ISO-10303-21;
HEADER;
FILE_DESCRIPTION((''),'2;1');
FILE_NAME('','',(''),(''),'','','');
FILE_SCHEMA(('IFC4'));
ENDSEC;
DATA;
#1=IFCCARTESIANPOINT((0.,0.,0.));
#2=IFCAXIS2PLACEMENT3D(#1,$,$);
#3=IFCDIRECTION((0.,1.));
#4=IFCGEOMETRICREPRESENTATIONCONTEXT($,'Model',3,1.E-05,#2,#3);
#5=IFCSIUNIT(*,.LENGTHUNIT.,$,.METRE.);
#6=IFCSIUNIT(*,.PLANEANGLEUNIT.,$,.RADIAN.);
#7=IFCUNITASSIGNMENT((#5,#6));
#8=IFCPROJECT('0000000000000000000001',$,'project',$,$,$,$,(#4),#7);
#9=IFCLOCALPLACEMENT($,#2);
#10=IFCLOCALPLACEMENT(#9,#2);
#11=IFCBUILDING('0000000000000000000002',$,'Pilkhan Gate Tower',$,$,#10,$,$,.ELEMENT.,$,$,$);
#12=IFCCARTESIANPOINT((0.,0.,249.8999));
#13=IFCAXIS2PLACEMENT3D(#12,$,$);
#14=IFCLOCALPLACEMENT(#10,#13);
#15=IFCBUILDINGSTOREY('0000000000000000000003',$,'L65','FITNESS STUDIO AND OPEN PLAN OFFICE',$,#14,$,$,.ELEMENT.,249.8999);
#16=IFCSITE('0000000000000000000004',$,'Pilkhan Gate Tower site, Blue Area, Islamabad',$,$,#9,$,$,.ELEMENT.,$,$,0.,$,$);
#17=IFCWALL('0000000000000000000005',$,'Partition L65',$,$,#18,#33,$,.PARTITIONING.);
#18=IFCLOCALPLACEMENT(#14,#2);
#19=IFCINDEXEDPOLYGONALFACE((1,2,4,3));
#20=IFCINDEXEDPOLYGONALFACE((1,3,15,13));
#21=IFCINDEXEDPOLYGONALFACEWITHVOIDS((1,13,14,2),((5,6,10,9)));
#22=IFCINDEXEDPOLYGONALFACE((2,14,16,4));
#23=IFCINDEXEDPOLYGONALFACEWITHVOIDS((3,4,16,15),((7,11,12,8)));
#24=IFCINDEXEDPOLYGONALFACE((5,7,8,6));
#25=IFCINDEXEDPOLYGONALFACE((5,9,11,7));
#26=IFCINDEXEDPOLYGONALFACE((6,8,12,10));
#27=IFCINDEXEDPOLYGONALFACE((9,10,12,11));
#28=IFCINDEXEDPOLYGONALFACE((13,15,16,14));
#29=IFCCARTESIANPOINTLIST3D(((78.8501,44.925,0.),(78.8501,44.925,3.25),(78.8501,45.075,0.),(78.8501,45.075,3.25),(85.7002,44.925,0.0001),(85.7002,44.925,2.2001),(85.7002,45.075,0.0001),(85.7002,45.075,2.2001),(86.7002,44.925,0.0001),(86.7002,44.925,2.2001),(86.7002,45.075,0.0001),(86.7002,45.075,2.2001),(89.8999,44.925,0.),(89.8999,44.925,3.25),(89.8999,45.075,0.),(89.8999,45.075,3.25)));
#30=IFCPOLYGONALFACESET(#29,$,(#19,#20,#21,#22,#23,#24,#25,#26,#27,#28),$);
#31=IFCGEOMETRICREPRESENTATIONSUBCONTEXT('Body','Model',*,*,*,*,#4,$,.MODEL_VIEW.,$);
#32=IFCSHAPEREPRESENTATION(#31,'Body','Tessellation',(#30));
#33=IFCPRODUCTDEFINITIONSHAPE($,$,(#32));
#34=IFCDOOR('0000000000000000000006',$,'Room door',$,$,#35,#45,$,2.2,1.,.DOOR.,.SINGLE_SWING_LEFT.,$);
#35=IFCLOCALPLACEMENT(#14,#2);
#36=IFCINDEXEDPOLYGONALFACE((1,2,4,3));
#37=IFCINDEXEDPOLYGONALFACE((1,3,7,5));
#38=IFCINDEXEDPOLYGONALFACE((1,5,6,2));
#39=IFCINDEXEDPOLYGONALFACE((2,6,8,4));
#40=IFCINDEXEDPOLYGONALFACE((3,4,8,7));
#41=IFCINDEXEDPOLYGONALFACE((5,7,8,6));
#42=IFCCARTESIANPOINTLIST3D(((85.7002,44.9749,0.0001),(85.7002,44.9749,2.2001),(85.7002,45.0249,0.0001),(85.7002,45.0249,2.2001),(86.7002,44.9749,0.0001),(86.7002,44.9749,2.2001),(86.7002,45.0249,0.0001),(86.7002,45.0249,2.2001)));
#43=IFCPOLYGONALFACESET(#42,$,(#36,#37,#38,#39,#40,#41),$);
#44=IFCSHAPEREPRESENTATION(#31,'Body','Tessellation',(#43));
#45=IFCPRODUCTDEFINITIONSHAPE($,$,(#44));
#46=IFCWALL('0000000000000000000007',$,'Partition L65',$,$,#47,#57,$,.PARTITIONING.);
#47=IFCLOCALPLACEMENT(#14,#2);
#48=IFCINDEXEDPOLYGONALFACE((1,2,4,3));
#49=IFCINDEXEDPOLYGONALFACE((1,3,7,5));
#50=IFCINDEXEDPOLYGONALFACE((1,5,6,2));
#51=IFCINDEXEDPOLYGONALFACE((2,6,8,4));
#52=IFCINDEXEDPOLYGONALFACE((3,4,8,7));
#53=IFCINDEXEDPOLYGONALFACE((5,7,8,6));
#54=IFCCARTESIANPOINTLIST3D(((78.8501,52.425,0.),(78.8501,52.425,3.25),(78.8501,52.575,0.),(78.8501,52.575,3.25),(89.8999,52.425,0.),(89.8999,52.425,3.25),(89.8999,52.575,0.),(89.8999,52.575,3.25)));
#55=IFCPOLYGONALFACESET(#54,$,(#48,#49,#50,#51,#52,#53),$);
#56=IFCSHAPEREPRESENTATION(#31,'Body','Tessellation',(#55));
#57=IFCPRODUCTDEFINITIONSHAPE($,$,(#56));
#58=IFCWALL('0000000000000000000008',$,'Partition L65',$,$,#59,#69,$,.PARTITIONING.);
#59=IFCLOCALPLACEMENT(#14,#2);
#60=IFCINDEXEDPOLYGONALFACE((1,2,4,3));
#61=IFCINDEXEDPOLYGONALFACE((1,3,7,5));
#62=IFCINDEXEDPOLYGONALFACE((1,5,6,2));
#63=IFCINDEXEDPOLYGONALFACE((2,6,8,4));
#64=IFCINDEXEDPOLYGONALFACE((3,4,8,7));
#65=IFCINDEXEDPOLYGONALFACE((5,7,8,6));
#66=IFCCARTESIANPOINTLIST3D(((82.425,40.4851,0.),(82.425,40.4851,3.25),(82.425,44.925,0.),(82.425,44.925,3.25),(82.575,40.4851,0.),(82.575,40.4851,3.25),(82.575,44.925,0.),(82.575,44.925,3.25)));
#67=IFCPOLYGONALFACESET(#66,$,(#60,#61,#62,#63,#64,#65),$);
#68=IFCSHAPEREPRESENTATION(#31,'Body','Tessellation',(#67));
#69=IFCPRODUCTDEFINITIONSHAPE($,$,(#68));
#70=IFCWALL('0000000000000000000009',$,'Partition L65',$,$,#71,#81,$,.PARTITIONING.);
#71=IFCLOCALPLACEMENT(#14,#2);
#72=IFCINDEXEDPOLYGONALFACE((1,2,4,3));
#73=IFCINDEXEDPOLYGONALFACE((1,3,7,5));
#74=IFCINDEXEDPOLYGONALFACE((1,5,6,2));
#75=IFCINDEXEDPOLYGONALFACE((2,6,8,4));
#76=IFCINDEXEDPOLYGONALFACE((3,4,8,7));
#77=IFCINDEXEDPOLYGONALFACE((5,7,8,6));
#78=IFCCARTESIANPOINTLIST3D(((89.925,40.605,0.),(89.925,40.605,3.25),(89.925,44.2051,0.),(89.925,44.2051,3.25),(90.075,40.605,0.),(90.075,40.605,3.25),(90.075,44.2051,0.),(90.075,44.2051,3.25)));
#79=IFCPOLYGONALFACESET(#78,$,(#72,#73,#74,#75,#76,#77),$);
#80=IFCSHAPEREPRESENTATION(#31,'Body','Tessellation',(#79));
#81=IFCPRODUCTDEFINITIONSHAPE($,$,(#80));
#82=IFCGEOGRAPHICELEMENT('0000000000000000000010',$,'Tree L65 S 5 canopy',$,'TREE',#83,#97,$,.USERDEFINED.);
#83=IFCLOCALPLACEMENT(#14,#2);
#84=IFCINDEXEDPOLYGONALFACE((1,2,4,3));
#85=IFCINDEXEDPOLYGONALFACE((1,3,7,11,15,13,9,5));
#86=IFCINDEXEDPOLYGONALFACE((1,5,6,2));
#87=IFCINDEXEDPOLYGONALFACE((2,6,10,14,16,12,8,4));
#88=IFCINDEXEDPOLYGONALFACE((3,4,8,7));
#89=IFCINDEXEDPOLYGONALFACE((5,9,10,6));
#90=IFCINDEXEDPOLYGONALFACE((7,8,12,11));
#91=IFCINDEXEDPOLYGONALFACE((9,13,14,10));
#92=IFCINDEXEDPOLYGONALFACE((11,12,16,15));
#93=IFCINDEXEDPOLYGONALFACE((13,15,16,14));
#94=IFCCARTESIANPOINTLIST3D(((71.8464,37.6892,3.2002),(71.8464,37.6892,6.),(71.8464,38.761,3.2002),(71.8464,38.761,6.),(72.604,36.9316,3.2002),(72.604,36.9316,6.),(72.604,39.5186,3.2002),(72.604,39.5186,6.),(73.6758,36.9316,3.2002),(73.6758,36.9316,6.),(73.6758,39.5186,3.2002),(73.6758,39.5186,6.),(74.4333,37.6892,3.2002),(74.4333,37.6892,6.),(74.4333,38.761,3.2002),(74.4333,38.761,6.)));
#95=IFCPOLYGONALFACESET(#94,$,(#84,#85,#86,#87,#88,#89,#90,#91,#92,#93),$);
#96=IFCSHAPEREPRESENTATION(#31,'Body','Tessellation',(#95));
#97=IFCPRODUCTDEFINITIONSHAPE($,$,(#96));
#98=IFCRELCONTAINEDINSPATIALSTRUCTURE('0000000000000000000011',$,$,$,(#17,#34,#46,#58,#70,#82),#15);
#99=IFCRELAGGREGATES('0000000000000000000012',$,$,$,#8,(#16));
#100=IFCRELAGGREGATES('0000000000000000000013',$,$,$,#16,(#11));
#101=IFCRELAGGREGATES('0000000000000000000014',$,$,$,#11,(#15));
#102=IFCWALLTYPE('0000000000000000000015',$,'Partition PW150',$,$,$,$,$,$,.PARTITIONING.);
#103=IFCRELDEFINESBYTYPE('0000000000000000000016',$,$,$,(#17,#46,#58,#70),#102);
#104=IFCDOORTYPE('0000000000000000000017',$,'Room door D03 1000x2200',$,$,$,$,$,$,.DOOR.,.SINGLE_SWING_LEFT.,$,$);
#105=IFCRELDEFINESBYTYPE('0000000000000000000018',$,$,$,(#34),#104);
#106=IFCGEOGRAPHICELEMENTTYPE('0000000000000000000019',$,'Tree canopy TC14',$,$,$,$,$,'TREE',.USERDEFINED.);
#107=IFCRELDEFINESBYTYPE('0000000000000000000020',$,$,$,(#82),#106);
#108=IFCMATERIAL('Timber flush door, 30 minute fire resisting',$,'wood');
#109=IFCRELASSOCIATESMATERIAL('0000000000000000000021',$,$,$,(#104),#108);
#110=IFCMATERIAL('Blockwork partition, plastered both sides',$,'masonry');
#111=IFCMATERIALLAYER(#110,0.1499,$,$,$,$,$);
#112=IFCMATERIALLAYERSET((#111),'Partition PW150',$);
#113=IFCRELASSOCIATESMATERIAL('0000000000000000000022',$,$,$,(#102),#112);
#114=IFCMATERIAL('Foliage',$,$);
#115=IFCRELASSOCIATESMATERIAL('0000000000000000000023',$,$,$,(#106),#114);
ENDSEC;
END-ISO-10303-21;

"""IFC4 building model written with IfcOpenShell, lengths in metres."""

from ifc_helpers import new_model, si_unit, direction, frame, frame_2d, origin, place, context, subcontext, project, spatial, polyline, rectangle, outline, extrude, material, layer, layer_set, material_profile, profile_set, type_object, element, fill, save


model = new_model("IFC4")

# Units and contexts
model_context = context("Model", 3, precision=1e-05, world=origin(), true_north=direction((0.0, 1.0)))
body_context = subcontext(model_context, "Body", "Model", "MODEL_VIEW")
ifc_project = project(units=[si_unit("LENGTHUNIT", "METRE"), si_unit("PLANEANGLEUNIT", "RADIAN")], contexts=[model_context])

# Site, building, storey
site_placement = place(None, origin())
site = spatial("IfcSite", under=ifc_project, at=site_placement, Name="Pilkhan Gate Tower site, Blue Area, Islamabad", CompositionType="ELEMENT", RefElevation=0.0)
building_placement = place(site_placement, origin())
building = spatial("IfcBuilding", under=site, at=building_placement, Name="Pilkhan Gate Tower", CompositionType="ELEMENT")
storey_placement = place(building_placement, frame((0.0, 0.0, 249.8999)))
storey = spatial("IfcBuildingStorey", under=building, at=storey_placement, Name="L65", Description="FITNESS STUDIO AND OPEN PLAN OFFICE", CompositionType="ELEMENT", Elevation=249.8999)

# Shared definitions
ifc_material_1 = material(Name="Timber flush door, 30 minute fire resisting", Category="wood")
door_type_1 = type_object("IfcDoorType", Name="Room door D03 1000x2200", OperationType="SINGLE_SWING_LEFT", PredefinedType="DOOR", material=ifc_material_1)

# Wall, opening, door
ifc_material_2 = material(Name="Blockwork partition, plastered both sides", Category="masonry")
ifc_layer_1 = layer(ifc_material_2, 0.1499)
ifc_layer_set_1 = layer_set([ifc_layer_1], Name="Partition PW150")
wall_type_1 = type_object("IfcWallType", Name="Partition PW150", PredefinedType="PARTITIONING", material=ifc_layer_set_1)
wall_1_placement = place(storey_placement, frame((78.8501, 45.0, 0.0), z_axis=(0.0, 0.0, 1.0), x_axis=(1.0, 0.0, 0.0)))
wall_1 = element("IfcWall", 1, at=wall_1_placement, inside=storey, type_object=wall_type_1, Name="Partition L65", PredefinedType="PARTITIONING", context=body_context, shape_type="SweptSolid", body=[
    extrude(rectangle(XDim=11.0498, YDim=0.1499, at=frame_2d((5.5249, 0.0))), origin(), (0.0, 0.0, 1.0), 3.25),
])
opening_1_placement = place(wall_1_placement, frame((6.8501, 0.0, 0.0)))
opening_1 = element("IfcOpeningElement", 2, at=opening_1_placement, cuts=wall_1, PredefinedType="OPENING", context=body_context, shape_type="SweptSolid", body=[
    extrude(rectangle(XDim=1.0, YDim=2.2, at=frame_2d((0.5, 1.1001))), frame((0.0, 0.085, 0.0), z_axis=(0.0, -1.0, 0.0), x_axis=(1.0, 0.0, 0.0)), (0.0, 0.0, 1.0), 0.1699),
])
door_1_placement = place(opening_1_placement, origin())
door_1 = element("IfcDoor", 3, at=door_1_placement, inside=storey, type_object=door_type_1, Name="Room door", OperationType="SINGLE_SWING_LEFT", OverallHeight=2.2, OverallWidth=1.0, PredefinedType="DOOR", context=body_context, shape_type="SweptSolid", body=[
    extrude(rectangle(XDim=1.0, YDim=2.2, at=frame_2d((0.5, 1.1001))), frame((0.0, 0.0249, 0.0), z_axis=(0.0, -1.0, 0.0), x_axis=(1.0, 0.0, 0.0)), (0.0, 0.0, 1.0), 0.05),
])
fill(opening_1, door_1)

# Walls
wall_2_placement = place(storey_placement, frame((78.8501, 52.5, 0.0), z_axis=(0.0, 0.0, 1.0), x_axis=(1.0, 0.0, 0.0)))
element("IfcWall", 4, at=wall_2_placement, inside=storey, type_object=wall_type_1, Name="Partition L65", PredefinedType="PARTITIONING", context=body_context, shape_type="SweptSolid", body=[
    extrude(rectangle(XDim=11.0498, YDim=0.1499, at=frame_2d((5.5249, 0.0))), origin(), (0.0, 0.0, 1.0), 3.25),
])
wall_3_placement = place(storey_placement, frame((82.5, 40.4851, 0.0), z_axis=(0.0, 0.0, 1.0), x_axis=(0.0, 1.0, 0.0)))
element("IfcWall", 5, at=wall_3_placement, inside=storey, type_object=wall_type_1, Name="Partition L65", PredefinedType="PARTITIONING", context=body_context, shape_type="SweptSolid", body=[
    extrude(rectangle(XDim=4.4399, YDim=0.1499, at=frame_2d((2.22, 0.0))), origin(), (0.0, 0.0, 1.0), 3.25),
])
wall_4_placement = place(storey_placement, frame((90.0, 40.605, 0.0), z_axis=(0.0, 0.0, 1.0), x_axis=(0.0, 1.0, 0.0)))
element("IfcWall", 6, at=wall_4_placement, inside=storey, type_object=wall_type_1, Name="Partition L65", PredefinedType="PARTITIONING", context=body_context, shape_type="SweptSolid", body=[
    extrude(rectangle(XDim=3.6001, YDim=0.1499, at=frame_2d((1.8, 0.0))), origin(), (0.0, 0.0, 1.0), 3.25),
])

# Geographic element
ifc_material_3 = material(Name="Foliage")
ifc_material_profile_1 = material_profile(ifc_material_3, outline(polyline([(1.2935, 0.5359), (0.5359, 1.2935), (-0.5359, 1.2935), (-1.2935, 0.5359), (-1.2935, -0.5359), (-0.5359, -1.2935), (0.5359, -1.2935), (1.2935, -0.5359), (1.2935, 0.5359)])), Name="Canopy D2.8")
ifc_profile_set_1 = profile_set([ifc_material_profile_1], Name="Foliage")
geographic_element_type = type_object("IfcGeographicElementType", Name="Tree canopy TC14", ElementType="TREE", PredefinedType="USERDEFINED", material=ifc_profile_set_1)
geographic_element_placement = place(storey_placement, frame((73.1399, 38.2251, 3.2002), z_axis=(0.0, 0.0, 1.0), x_axis=(1.0, 0.0, 0.0)))
element("IfcGeographicElement", 7, at=geographic_element_placement, inside=storey, type_object=geographic_element_type, Name="Tree L65 S 5 canopy", ObjectType="TREE", PredefinedType="USERDEFINED", context=body_context, shape_type="SweptSolid", body=[
    extrude(outline(polyline([(1.2935, 0.5359), (0.5359, 1.2935), (-0.5359, 1.2935), (-1.2935, 0.5359), (-1.2935, -0.5359), (-0.5359, -1.2935), (0.5359, -1.2935), (1.2935, -0.5359), (1.2935, 0.5359)])), origin(), (0.0, 0.0, 1.0), 2.7998),
])

save(model, "model.ifc")
